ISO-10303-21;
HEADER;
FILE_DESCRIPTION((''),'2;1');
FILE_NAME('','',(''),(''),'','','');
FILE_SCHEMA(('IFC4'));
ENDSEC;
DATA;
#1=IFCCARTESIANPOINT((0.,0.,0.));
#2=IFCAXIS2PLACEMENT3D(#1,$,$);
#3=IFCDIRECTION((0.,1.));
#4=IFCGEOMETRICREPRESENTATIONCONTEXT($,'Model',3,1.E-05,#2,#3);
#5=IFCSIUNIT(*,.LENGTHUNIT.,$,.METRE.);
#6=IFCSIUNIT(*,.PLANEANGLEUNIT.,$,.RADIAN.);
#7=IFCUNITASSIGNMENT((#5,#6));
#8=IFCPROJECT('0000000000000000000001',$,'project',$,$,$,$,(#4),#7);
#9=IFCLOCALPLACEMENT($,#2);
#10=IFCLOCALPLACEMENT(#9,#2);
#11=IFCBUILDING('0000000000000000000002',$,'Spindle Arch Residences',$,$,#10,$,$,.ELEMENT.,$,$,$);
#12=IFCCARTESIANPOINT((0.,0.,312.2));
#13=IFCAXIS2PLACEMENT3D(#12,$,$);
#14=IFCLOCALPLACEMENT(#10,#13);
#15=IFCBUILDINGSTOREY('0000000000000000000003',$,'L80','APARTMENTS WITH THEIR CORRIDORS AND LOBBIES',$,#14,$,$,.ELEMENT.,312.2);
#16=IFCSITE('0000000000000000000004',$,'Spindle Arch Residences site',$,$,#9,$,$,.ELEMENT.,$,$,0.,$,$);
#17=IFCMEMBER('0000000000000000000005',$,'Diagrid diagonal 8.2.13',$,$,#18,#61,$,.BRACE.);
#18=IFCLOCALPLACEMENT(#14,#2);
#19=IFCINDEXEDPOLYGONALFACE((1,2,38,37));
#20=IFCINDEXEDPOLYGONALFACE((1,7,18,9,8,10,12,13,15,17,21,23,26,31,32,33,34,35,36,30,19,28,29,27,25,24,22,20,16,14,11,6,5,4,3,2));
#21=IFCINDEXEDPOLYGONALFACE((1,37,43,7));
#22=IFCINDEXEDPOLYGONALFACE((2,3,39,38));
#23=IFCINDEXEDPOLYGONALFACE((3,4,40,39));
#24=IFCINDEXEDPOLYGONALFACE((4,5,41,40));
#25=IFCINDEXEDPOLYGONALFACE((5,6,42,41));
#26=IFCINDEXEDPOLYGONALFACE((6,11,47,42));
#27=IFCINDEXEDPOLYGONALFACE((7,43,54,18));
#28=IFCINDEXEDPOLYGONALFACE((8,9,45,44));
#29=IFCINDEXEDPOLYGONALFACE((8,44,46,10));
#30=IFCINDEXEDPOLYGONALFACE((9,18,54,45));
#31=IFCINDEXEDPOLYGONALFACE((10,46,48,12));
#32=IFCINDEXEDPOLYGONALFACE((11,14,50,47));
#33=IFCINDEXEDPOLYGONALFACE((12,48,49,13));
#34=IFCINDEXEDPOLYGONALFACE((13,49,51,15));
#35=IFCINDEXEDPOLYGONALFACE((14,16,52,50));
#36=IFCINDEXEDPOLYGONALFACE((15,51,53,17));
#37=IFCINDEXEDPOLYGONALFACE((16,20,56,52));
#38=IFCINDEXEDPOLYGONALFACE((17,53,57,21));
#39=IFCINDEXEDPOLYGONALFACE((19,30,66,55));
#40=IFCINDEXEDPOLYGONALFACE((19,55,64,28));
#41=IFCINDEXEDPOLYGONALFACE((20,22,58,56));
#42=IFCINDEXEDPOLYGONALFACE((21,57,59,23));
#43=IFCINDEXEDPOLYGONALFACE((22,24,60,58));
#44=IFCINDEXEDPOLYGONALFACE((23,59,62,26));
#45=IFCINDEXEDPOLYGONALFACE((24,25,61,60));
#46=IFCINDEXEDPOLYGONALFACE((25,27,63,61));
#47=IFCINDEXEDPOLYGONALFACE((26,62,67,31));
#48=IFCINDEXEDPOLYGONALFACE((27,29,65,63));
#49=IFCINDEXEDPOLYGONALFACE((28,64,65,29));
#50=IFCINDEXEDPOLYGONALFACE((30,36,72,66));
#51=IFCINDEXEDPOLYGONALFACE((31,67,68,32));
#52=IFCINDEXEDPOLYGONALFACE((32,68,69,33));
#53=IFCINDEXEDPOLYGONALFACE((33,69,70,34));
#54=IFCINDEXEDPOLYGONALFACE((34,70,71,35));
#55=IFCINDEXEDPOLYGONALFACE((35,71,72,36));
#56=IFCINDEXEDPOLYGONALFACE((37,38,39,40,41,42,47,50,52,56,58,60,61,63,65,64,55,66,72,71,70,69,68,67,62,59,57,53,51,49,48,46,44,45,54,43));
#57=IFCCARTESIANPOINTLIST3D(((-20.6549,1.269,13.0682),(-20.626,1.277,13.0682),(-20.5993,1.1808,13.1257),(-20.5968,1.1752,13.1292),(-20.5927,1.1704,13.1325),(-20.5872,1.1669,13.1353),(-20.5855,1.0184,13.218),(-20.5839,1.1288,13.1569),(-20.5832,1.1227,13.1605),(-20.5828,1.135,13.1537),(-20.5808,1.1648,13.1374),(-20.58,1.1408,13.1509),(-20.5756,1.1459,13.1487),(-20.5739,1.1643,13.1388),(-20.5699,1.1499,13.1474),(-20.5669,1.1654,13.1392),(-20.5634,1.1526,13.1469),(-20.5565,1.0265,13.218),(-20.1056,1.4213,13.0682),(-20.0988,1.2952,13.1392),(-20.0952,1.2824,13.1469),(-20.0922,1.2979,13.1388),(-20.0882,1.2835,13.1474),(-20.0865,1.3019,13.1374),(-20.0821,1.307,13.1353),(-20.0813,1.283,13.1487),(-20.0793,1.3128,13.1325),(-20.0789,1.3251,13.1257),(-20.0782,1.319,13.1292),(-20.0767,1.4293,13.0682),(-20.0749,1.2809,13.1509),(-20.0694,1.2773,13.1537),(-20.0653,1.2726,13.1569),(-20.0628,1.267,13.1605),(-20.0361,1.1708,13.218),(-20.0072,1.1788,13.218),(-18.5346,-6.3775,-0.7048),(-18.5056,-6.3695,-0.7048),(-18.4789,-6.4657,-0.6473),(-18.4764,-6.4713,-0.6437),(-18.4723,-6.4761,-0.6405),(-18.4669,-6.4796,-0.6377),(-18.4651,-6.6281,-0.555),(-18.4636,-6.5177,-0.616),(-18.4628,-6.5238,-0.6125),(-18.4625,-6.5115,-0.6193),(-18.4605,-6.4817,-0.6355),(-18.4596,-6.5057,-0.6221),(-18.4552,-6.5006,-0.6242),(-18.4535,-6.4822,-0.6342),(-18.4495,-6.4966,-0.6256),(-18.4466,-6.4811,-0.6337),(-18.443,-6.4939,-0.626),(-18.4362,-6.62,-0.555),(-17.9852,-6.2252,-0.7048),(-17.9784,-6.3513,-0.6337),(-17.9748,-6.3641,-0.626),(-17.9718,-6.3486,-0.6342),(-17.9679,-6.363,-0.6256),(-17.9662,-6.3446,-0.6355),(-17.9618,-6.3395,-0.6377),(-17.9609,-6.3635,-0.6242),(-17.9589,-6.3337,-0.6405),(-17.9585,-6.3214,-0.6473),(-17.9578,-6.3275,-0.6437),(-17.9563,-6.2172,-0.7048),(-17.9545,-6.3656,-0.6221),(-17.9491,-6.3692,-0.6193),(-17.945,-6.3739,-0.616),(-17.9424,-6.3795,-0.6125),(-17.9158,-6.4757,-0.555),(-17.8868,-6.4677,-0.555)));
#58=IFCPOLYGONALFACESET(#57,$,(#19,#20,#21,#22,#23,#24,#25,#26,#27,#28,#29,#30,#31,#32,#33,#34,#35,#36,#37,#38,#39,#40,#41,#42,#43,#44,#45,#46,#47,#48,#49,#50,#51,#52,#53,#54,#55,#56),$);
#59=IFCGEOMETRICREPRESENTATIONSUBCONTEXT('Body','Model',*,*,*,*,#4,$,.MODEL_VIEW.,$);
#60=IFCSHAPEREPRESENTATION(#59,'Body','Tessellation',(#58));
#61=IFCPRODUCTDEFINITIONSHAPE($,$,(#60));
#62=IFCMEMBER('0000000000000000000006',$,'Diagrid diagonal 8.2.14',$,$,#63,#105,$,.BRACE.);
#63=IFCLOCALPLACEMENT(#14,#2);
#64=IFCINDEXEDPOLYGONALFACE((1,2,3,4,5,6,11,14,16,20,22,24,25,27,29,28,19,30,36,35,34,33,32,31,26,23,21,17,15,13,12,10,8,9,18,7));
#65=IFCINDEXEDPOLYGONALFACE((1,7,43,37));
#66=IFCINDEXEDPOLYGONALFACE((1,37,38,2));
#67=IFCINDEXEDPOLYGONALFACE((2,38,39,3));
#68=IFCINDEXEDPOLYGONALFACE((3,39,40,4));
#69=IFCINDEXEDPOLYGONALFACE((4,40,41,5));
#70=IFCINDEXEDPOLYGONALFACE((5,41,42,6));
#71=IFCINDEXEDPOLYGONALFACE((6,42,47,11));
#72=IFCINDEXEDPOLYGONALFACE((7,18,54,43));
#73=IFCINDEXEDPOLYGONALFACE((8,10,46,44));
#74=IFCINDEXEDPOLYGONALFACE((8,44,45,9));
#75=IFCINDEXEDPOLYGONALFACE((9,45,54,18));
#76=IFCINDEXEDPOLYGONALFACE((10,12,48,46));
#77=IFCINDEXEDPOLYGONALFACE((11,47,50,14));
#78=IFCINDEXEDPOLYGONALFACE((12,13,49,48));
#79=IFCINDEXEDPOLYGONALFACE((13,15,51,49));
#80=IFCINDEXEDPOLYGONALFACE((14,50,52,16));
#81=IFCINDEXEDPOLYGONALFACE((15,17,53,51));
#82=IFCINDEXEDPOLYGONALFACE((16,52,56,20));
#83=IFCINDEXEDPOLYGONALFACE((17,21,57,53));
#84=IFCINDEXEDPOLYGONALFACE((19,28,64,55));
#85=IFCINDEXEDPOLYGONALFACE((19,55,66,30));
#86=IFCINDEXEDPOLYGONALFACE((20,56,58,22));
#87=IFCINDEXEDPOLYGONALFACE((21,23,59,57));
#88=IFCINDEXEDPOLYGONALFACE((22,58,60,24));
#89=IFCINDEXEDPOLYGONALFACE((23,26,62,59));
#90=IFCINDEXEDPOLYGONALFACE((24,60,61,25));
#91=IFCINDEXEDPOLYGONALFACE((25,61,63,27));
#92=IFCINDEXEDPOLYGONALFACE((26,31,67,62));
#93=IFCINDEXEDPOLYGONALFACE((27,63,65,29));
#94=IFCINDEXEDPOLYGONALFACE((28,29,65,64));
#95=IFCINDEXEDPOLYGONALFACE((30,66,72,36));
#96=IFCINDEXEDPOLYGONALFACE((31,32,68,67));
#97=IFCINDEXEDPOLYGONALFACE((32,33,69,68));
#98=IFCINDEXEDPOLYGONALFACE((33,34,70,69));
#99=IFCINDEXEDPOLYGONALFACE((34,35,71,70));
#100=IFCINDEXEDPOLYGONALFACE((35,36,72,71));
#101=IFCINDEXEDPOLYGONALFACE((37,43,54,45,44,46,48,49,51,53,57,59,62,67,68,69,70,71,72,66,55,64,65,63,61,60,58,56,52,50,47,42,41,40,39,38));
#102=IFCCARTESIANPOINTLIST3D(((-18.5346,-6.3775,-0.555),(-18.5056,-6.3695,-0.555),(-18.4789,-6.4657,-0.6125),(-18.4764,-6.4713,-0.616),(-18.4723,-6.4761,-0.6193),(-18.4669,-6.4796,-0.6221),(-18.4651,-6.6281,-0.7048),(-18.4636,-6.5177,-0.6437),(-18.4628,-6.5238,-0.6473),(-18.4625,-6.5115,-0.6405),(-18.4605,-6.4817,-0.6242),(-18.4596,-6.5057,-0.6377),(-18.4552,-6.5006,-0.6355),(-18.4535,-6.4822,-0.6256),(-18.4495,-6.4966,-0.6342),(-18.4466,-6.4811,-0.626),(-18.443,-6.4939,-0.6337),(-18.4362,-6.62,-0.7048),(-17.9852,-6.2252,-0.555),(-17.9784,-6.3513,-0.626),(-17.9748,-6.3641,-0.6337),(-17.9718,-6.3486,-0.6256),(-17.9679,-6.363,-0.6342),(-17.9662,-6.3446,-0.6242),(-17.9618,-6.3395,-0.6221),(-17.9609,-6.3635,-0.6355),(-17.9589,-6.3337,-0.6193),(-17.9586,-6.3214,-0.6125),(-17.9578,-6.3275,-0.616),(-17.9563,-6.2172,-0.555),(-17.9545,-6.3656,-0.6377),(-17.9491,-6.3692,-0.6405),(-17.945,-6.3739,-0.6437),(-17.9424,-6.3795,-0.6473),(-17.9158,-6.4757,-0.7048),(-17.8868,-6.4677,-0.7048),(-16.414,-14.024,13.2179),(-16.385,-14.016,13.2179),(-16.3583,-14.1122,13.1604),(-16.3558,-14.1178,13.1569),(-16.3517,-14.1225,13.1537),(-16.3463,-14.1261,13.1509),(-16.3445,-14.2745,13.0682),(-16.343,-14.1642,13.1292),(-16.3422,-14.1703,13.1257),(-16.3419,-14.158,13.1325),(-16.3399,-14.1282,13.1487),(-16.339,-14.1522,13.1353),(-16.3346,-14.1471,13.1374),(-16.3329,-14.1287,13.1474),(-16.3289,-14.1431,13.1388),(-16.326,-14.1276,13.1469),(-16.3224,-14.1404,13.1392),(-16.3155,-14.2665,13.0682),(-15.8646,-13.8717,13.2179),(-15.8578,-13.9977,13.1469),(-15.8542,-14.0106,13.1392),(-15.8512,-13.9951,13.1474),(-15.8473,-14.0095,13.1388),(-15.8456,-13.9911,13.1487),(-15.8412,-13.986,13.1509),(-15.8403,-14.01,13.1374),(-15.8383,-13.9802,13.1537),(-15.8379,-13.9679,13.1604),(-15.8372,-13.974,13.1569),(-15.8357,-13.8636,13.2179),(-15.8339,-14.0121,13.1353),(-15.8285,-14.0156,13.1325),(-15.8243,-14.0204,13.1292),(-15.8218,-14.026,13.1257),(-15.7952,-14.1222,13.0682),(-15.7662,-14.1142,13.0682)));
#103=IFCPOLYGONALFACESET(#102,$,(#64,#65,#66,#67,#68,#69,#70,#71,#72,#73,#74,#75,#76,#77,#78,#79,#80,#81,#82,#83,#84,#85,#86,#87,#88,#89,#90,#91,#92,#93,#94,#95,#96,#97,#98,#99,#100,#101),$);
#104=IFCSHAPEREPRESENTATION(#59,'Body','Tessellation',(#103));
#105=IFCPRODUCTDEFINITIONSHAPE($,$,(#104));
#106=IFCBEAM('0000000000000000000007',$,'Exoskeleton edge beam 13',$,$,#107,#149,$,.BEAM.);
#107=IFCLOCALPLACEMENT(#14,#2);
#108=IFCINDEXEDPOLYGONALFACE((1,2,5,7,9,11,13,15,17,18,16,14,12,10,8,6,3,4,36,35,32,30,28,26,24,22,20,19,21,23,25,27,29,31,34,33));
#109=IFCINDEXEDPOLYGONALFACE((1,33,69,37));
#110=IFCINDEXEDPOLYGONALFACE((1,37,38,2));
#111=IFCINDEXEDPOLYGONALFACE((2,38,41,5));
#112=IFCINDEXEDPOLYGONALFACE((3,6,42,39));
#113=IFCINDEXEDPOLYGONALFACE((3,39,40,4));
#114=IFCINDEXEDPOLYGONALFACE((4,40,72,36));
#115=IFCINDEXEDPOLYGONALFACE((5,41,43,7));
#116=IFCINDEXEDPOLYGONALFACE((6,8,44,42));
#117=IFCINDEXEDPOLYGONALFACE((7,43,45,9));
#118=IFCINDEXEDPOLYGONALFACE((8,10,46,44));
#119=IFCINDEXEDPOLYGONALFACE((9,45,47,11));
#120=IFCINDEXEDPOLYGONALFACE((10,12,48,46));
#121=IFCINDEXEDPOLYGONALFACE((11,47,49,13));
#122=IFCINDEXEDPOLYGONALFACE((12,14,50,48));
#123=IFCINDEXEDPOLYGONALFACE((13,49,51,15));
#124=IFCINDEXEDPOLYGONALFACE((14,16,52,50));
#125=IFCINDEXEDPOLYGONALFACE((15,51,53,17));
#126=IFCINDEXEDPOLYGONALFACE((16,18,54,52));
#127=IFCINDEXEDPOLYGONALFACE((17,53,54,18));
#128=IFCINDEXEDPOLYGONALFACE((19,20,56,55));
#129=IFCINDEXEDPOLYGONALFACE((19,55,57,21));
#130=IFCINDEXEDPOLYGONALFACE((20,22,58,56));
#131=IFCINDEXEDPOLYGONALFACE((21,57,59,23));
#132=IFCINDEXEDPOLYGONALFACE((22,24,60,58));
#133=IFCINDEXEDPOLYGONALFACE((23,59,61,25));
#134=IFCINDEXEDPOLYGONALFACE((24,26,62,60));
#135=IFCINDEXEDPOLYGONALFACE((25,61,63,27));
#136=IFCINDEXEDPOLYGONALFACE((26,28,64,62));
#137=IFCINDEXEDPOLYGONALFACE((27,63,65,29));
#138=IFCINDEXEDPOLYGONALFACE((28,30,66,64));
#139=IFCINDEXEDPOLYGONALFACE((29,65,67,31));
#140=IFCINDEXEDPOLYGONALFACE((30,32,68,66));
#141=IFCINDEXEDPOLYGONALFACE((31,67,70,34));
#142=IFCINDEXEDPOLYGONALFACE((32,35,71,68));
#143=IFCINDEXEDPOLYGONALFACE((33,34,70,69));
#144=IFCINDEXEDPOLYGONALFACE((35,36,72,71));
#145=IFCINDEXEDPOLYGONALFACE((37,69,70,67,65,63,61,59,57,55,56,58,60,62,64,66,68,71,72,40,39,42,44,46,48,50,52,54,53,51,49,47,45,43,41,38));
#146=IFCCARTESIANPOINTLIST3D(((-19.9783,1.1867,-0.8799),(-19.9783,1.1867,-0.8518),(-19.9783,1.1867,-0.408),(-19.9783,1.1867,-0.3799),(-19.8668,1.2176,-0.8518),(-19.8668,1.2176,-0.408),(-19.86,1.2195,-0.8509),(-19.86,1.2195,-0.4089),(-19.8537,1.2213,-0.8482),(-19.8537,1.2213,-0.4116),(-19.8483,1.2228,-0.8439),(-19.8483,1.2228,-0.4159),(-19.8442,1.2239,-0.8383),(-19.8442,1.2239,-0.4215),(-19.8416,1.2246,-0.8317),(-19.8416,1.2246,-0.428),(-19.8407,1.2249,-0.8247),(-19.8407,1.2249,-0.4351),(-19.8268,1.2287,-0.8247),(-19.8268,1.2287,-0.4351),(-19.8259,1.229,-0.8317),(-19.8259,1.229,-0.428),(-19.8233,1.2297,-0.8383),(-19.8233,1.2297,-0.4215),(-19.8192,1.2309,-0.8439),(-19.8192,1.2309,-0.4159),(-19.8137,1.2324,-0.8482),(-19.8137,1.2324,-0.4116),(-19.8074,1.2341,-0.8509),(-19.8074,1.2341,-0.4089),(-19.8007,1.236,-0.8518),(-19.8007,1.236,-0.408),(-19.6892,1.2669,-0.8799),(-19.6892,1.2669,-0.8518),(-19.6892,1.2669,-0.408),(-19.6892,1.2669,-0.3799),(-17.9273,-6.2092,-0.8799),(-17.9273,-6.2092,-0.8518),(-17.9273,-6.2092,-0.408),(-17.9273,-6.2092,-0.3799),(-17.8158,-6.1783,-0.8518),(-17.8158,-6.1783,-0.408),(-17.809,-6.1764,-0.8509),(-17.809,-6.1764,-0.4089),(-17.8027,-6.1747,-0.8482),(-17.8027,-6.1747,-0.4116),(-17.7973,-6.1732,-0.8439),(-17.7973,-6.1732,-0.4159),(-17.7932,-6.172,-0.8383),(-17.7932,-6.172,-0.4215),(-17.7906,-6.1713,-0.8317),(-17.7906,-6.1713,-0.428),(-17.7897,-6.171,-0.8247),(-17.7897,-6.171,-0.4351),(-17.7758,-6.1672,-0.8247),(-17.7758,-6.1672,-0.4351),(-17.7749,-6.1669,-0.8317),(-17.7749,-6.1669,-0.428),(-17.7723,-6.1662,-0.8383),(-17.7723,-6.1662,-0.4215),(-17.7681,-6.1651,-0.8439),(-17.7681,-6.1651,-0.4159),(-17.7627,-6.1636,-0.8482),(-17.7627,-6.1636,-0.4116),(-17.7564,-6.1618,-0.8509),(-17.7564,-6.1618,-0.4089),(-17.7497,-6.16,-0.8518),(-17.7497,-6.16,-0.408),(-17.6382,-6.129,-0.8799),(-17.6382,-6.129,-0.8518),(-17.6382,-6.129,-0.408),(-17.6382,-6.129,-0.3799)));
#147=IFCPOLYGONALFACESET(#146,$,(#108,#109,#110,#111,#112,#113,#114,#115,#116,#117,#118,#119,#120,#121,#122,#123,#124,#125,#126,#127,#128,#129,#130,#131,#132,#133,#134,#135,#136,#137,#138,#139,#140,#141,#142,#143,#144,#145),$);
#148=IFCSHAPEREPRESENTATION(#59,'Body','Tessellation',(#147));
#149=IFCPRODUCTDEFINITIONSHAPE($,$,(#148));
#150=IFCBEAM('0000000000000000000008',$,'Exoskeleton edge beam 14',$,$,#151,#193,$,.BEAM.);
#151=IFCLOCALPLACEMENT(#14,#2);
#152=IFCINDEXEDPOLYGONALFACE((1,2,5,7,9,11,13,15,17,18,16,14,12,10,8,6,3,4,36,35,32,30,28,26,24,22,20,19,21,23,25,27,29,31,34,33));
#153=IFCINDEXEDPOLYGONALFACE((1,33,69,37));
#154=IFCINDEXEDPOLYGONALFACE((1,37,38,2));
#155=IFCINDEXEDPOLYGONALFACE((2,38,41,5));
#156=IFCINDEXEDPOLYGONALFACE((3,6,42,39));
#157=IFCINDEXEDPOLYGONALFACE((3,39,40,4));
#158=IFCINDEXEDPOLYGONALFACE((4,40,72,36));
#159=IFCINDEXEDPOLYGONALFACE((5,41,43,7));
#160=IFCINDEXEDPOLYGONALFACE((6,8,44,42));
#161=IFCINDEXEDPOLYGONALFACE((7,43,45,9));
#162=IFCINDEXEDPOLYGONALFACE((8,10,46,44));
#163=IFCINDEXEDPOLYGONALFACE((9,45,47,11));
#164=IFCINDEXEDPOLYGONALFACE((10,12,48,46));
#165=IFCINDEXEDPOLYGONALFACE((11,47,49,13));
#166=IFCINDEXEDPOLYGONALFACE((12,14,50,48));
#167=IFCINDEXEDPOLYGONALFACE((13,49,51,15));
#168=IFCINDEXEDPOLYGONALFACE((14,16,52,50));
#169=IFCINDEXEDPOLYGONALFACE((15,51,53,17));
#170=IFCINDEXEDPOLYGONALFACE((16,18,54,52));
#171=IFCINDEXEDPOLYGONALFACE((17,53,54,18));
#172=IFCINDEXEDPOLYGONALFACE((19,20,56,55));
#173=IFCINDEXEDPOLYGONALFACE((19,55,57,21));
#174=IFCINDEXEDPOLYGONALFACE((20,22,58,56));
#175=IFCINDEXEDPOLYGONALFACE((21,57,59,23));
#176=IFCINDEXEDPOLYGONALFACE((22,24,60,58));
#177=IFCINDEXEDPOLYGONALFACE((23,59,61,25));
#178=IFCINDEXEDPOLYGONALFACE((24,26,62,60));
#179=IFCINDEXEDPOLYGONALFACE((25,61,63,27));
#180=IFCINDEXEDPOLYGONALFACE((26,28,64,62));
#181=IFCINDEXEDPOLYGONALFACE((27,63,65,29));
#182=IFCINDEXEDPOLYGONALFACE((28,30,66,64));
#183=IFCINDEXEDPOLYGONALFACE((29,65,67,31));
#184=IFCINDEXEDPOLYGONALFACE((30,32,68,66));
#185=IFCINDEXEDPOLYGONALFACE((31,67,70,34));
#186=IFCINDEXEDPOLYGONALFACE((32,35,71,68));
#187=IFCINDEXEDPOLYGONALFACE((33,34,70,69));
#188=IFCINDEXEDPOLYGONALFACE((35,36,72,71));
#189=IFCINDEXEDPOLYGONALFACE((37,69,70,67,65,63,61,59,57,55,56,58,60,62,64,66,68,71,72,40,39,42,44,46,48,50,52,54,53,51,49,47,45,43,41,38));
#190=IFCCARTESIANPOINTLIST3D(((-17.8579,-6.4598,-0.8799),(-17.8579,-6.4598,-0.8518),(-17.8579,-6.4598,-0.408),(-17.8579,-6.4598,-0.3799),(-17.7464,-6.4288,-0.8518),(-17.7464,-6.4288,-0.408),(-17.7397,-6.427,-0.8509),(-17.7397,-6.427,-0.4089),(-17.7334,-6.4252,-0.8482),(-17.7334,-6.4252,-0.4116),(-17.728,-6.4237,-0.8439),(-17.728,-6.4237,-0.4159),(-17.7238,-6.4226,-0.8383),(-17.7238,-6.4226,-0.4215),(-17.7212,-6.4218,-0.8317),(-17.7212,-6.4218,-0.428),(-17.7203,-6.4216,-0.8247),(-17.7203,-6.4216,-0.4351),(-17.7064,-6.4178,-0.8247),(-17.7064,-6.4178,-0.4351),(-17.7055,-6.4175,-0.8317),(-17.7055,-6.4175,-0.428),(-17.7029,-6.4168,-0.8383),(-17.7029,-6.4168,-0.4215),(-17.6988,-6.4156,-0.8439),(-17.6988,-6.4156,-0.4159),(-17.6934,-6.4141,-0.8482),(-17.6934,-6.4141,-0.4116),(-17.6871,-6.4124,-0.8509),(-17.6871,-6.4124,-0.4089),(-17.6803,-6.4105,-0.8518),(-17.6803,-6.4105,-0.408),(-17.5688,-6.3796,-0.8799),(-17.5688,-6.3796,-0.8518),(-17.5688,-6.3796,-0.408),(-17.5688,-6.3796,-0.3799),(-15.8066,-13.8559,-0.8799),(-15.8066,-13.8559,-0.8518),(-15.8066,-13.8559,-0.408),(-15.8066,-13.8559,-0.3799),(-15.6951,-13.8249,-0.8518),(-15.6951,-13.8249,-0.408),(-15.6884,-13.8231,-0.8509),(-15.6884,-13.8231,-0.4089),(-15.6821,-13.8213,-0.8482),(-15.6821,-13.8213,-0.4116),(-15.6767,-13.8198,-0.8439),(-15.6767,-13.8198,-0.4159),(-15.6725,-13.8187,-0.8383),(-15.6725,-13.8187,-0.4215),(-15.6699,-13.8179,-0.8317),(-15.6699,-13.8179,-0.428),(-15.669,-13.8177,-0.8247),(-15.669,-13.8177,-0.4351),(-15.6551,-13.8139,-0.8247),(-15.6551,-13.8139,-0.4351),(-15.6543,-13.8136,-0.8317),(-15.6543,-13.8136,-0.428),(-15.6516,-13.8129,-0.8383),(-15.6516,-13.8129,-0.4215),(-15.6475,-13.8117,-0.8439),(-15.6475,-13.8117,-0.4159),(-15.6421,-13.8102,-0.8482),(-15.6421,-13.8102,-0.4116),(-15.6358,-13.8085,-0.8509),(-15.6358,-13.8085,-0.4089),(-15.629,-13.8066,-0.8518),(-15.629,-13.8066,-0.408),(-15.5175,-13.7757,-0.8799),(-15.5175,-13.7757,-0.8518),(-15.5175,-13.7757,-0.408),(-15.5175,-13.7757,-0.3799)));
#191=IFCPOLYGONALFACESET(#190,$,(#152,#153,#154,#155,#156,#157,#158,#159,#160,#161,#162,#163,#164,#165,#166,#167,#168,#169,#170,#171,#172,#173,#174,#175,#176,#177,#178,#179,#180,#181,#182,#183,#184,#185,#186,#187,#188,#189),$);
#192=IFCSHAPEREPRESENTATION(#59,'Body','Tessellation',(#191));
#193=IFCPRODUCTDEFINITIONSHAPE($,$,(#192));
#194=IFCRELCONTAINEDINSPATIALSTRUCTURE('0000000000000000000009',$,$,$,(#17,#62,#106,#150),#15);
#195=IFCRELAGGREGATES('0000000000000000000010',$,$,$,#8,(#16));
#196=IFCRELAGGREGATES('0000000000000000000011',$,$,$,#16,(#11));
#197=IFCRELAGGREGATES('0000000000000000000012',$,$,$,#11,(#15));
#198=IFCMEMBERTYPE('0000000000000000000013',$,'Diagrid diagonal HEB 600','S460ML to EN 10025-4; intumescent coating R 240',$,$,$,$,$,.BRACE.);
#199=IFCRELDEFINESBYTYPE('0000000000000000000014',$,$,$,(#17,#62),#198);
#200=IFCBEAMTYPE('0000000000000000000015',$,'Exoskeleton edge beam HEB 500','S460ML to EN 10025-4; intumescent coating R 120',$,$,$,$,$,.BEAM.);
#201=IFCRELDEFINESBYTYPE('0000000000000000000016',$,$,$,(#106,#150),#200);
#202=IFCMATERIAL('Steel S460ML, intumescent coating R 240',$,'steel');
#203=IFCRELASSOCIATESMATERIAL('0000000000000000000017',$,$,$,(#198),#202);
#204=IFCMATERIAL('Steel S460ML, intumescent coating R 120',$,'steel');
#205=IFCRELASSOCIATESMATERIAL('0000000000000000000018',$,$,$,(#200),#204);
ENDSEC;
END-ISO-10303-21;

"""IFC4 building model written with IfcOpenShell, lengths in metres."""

from ifc_helpers import new_model, si_unit, direction, frame, origin, origin_2d, place, context, subcontext, project, spatial, i_section, extrude, material, material_profile, profile_set, type_object, element, save


model = new_model("IFC4")

# Units and contexts
model_context = context("Model", 3, precision=1e-05, world=origin(), true_north=direction((0.0, 1.0)))
body_context = subcontext(model_context, "Body", "Model", "MODEL_VIEW")
ifc_project = project(units=[si_unit("LENGTHUNIT", "METRE"), si_unit("PLANEANGLEUNIT", "RADIAN")], contexts=[model_context])

# Site, building, storey
site_placement = place(None, origin())
site = spatial("IfcSite", under=ifc_project, at=site_placement, Name="Spindle Arch Residences site", CompositionType="ELEMENT", RefElevation=0.0)
building_placement = place(site_placement, origin())
building = spatial("IfcBuilding", under=site, at=building_placement, Name="Spindle Arch Residences", CompositionType="ELEMENT")
storey_placement = place(building_placement, frame((0.0, 0.0, 312.2)))
storey = spatial("IfcBuildingStorey", under=building, at=storey_placement, Name="L80", Description="APARTMENTS WITH THEIR CORRIDORS AND LOBBIES", CompositionType="ELEMENT", Elevation=312.2)

# Members
ifc_material_1 = material(Name="Steel S460ML, intumescent coating R 240", Category="steel")
ifc_material_profile_1 = material_profile(ifc_material_1, i_section(OverallWidth=0.3, OverallDepth=0.6001, WebThickness=0.0154, FlangeThickness=0.03, FilletRadius=0.0271, at=origin_2d()), Name="HEB 600")
ifc_profile_set_1 = profile_set([ifc_material_profile_1], Name="Steel S460ML, intumescent coating R 240")
member_type_1 = type_object("IfcMemberType", Name="Diagrid diagonal HEB 600", Description="S460ML to EN 10025-4; intumescent coating R 240", PredefinedType="BRACE", material=ifc_profile_set_1)
for number, where, z_axis, x_axis, name in (
    (1, (-18.2107, -6.4226, -0.6299), (-0.133396, 0.481055, 0.866482), (0.231537, -0.834974, 0.499208), "Diagrid diagonal 8.2.13"),
    (2, (-18.2107, -6.4226, -0.6299), (0.133411, -0.481054, 0.866481), (-0.231562, 0.834966, 0.499211), "Diagrid diagonal 8.2.14"),
):
    element("IfcMember", number, at=place(storey_placement, frame(where, z_axis=z_axis, x_axis=x_axis)), inside=storey, type_object=member_type_1, Name=name, PredefinedType="BRACE", context=body_context, shape_type="SweptSolid", body=[
        extrude(i_section(OverallWidth=0.3, OverallDepth=0.6001, WebThickness=0.0154, FlangeThickness=0.03, FilletRadius=0.0271, at=origin_2d()), origin(), (0.0, 0.0, 1.0), 15.8953),
    ])

# Beams
ifc_material_2 = material(Name="Steel S460ML, intumescent coating R 120", Category="steel")
ifc_material_profile_2 = material_profile(ifc_material_2, i_section(OverallWidth=0.3, OverallDepth=0.5, WebThickness=0.0144, FlangeThickness=0.0281, FilletRadius=0.0271, at=origin_2d()), Name="HEB 500")
ifc_profile_set_2 = profile_set([ifc_material_profile_2], Name="Steel S460ML, intumescent coating R 120")
beam_type_1 = type_object("IfcBeamType", Name="Exoskeleton edge beam HEB 500", Description="S460ML to EN 10025-4; intumescent coating R 120", PredefinedType="BEAM", material=ifc_profile_set_2)
beam_1_placement = place(storey_placement, frame((-19.8337, 1.2268, -0.6299), z_axis=(0.26723, -0.963633, 0.0), x_axis=(0.963633, 0.26723, 0.0)))
element("IfcBeam", 3, at=beam_1_placement, inside=storey, type_object=beam_type_1, Name="Exoskeleton edge beam 13", PredefinedType="BEAM", context=body_context, shape_type="SweptSolid", body=[
    extrude(i_section(OverallWidth=0.3, OverallDepth=0.5, WebThickness=0.0144, FlangeThickness=0.0281, FilletRadius=0.0271, at=origin_2d()), origin(), (0.0, 0.0, 1.0), 7.675),
])
beam_2_placement = place(storey_placement, frame((-17.7134, -6.4197, -0.6299), z_axis=(0.26726, -0.963624, 0.0), x_axis=(0.963624, 0.26726, 0.0)))
element("IfcBeam", 4, at=beam_2_placement, inside=storey, type_object=beam_type_1, Name="Exoskeleton edge beam 14", PredefinedType="BEAM", context=body_context, shape_type="SweptSolid", body=[
    extrude(i_section(OverallWidth=0.3, OverallDepth=0.5, WebThickness=0.0144, FlangeThickness=0.0281, FilletRadius=0.0271, at=origin_2d()), origin(), (0.0, 0.0, 1.0), 7.6753),
])

save(model, "model.ifc")
